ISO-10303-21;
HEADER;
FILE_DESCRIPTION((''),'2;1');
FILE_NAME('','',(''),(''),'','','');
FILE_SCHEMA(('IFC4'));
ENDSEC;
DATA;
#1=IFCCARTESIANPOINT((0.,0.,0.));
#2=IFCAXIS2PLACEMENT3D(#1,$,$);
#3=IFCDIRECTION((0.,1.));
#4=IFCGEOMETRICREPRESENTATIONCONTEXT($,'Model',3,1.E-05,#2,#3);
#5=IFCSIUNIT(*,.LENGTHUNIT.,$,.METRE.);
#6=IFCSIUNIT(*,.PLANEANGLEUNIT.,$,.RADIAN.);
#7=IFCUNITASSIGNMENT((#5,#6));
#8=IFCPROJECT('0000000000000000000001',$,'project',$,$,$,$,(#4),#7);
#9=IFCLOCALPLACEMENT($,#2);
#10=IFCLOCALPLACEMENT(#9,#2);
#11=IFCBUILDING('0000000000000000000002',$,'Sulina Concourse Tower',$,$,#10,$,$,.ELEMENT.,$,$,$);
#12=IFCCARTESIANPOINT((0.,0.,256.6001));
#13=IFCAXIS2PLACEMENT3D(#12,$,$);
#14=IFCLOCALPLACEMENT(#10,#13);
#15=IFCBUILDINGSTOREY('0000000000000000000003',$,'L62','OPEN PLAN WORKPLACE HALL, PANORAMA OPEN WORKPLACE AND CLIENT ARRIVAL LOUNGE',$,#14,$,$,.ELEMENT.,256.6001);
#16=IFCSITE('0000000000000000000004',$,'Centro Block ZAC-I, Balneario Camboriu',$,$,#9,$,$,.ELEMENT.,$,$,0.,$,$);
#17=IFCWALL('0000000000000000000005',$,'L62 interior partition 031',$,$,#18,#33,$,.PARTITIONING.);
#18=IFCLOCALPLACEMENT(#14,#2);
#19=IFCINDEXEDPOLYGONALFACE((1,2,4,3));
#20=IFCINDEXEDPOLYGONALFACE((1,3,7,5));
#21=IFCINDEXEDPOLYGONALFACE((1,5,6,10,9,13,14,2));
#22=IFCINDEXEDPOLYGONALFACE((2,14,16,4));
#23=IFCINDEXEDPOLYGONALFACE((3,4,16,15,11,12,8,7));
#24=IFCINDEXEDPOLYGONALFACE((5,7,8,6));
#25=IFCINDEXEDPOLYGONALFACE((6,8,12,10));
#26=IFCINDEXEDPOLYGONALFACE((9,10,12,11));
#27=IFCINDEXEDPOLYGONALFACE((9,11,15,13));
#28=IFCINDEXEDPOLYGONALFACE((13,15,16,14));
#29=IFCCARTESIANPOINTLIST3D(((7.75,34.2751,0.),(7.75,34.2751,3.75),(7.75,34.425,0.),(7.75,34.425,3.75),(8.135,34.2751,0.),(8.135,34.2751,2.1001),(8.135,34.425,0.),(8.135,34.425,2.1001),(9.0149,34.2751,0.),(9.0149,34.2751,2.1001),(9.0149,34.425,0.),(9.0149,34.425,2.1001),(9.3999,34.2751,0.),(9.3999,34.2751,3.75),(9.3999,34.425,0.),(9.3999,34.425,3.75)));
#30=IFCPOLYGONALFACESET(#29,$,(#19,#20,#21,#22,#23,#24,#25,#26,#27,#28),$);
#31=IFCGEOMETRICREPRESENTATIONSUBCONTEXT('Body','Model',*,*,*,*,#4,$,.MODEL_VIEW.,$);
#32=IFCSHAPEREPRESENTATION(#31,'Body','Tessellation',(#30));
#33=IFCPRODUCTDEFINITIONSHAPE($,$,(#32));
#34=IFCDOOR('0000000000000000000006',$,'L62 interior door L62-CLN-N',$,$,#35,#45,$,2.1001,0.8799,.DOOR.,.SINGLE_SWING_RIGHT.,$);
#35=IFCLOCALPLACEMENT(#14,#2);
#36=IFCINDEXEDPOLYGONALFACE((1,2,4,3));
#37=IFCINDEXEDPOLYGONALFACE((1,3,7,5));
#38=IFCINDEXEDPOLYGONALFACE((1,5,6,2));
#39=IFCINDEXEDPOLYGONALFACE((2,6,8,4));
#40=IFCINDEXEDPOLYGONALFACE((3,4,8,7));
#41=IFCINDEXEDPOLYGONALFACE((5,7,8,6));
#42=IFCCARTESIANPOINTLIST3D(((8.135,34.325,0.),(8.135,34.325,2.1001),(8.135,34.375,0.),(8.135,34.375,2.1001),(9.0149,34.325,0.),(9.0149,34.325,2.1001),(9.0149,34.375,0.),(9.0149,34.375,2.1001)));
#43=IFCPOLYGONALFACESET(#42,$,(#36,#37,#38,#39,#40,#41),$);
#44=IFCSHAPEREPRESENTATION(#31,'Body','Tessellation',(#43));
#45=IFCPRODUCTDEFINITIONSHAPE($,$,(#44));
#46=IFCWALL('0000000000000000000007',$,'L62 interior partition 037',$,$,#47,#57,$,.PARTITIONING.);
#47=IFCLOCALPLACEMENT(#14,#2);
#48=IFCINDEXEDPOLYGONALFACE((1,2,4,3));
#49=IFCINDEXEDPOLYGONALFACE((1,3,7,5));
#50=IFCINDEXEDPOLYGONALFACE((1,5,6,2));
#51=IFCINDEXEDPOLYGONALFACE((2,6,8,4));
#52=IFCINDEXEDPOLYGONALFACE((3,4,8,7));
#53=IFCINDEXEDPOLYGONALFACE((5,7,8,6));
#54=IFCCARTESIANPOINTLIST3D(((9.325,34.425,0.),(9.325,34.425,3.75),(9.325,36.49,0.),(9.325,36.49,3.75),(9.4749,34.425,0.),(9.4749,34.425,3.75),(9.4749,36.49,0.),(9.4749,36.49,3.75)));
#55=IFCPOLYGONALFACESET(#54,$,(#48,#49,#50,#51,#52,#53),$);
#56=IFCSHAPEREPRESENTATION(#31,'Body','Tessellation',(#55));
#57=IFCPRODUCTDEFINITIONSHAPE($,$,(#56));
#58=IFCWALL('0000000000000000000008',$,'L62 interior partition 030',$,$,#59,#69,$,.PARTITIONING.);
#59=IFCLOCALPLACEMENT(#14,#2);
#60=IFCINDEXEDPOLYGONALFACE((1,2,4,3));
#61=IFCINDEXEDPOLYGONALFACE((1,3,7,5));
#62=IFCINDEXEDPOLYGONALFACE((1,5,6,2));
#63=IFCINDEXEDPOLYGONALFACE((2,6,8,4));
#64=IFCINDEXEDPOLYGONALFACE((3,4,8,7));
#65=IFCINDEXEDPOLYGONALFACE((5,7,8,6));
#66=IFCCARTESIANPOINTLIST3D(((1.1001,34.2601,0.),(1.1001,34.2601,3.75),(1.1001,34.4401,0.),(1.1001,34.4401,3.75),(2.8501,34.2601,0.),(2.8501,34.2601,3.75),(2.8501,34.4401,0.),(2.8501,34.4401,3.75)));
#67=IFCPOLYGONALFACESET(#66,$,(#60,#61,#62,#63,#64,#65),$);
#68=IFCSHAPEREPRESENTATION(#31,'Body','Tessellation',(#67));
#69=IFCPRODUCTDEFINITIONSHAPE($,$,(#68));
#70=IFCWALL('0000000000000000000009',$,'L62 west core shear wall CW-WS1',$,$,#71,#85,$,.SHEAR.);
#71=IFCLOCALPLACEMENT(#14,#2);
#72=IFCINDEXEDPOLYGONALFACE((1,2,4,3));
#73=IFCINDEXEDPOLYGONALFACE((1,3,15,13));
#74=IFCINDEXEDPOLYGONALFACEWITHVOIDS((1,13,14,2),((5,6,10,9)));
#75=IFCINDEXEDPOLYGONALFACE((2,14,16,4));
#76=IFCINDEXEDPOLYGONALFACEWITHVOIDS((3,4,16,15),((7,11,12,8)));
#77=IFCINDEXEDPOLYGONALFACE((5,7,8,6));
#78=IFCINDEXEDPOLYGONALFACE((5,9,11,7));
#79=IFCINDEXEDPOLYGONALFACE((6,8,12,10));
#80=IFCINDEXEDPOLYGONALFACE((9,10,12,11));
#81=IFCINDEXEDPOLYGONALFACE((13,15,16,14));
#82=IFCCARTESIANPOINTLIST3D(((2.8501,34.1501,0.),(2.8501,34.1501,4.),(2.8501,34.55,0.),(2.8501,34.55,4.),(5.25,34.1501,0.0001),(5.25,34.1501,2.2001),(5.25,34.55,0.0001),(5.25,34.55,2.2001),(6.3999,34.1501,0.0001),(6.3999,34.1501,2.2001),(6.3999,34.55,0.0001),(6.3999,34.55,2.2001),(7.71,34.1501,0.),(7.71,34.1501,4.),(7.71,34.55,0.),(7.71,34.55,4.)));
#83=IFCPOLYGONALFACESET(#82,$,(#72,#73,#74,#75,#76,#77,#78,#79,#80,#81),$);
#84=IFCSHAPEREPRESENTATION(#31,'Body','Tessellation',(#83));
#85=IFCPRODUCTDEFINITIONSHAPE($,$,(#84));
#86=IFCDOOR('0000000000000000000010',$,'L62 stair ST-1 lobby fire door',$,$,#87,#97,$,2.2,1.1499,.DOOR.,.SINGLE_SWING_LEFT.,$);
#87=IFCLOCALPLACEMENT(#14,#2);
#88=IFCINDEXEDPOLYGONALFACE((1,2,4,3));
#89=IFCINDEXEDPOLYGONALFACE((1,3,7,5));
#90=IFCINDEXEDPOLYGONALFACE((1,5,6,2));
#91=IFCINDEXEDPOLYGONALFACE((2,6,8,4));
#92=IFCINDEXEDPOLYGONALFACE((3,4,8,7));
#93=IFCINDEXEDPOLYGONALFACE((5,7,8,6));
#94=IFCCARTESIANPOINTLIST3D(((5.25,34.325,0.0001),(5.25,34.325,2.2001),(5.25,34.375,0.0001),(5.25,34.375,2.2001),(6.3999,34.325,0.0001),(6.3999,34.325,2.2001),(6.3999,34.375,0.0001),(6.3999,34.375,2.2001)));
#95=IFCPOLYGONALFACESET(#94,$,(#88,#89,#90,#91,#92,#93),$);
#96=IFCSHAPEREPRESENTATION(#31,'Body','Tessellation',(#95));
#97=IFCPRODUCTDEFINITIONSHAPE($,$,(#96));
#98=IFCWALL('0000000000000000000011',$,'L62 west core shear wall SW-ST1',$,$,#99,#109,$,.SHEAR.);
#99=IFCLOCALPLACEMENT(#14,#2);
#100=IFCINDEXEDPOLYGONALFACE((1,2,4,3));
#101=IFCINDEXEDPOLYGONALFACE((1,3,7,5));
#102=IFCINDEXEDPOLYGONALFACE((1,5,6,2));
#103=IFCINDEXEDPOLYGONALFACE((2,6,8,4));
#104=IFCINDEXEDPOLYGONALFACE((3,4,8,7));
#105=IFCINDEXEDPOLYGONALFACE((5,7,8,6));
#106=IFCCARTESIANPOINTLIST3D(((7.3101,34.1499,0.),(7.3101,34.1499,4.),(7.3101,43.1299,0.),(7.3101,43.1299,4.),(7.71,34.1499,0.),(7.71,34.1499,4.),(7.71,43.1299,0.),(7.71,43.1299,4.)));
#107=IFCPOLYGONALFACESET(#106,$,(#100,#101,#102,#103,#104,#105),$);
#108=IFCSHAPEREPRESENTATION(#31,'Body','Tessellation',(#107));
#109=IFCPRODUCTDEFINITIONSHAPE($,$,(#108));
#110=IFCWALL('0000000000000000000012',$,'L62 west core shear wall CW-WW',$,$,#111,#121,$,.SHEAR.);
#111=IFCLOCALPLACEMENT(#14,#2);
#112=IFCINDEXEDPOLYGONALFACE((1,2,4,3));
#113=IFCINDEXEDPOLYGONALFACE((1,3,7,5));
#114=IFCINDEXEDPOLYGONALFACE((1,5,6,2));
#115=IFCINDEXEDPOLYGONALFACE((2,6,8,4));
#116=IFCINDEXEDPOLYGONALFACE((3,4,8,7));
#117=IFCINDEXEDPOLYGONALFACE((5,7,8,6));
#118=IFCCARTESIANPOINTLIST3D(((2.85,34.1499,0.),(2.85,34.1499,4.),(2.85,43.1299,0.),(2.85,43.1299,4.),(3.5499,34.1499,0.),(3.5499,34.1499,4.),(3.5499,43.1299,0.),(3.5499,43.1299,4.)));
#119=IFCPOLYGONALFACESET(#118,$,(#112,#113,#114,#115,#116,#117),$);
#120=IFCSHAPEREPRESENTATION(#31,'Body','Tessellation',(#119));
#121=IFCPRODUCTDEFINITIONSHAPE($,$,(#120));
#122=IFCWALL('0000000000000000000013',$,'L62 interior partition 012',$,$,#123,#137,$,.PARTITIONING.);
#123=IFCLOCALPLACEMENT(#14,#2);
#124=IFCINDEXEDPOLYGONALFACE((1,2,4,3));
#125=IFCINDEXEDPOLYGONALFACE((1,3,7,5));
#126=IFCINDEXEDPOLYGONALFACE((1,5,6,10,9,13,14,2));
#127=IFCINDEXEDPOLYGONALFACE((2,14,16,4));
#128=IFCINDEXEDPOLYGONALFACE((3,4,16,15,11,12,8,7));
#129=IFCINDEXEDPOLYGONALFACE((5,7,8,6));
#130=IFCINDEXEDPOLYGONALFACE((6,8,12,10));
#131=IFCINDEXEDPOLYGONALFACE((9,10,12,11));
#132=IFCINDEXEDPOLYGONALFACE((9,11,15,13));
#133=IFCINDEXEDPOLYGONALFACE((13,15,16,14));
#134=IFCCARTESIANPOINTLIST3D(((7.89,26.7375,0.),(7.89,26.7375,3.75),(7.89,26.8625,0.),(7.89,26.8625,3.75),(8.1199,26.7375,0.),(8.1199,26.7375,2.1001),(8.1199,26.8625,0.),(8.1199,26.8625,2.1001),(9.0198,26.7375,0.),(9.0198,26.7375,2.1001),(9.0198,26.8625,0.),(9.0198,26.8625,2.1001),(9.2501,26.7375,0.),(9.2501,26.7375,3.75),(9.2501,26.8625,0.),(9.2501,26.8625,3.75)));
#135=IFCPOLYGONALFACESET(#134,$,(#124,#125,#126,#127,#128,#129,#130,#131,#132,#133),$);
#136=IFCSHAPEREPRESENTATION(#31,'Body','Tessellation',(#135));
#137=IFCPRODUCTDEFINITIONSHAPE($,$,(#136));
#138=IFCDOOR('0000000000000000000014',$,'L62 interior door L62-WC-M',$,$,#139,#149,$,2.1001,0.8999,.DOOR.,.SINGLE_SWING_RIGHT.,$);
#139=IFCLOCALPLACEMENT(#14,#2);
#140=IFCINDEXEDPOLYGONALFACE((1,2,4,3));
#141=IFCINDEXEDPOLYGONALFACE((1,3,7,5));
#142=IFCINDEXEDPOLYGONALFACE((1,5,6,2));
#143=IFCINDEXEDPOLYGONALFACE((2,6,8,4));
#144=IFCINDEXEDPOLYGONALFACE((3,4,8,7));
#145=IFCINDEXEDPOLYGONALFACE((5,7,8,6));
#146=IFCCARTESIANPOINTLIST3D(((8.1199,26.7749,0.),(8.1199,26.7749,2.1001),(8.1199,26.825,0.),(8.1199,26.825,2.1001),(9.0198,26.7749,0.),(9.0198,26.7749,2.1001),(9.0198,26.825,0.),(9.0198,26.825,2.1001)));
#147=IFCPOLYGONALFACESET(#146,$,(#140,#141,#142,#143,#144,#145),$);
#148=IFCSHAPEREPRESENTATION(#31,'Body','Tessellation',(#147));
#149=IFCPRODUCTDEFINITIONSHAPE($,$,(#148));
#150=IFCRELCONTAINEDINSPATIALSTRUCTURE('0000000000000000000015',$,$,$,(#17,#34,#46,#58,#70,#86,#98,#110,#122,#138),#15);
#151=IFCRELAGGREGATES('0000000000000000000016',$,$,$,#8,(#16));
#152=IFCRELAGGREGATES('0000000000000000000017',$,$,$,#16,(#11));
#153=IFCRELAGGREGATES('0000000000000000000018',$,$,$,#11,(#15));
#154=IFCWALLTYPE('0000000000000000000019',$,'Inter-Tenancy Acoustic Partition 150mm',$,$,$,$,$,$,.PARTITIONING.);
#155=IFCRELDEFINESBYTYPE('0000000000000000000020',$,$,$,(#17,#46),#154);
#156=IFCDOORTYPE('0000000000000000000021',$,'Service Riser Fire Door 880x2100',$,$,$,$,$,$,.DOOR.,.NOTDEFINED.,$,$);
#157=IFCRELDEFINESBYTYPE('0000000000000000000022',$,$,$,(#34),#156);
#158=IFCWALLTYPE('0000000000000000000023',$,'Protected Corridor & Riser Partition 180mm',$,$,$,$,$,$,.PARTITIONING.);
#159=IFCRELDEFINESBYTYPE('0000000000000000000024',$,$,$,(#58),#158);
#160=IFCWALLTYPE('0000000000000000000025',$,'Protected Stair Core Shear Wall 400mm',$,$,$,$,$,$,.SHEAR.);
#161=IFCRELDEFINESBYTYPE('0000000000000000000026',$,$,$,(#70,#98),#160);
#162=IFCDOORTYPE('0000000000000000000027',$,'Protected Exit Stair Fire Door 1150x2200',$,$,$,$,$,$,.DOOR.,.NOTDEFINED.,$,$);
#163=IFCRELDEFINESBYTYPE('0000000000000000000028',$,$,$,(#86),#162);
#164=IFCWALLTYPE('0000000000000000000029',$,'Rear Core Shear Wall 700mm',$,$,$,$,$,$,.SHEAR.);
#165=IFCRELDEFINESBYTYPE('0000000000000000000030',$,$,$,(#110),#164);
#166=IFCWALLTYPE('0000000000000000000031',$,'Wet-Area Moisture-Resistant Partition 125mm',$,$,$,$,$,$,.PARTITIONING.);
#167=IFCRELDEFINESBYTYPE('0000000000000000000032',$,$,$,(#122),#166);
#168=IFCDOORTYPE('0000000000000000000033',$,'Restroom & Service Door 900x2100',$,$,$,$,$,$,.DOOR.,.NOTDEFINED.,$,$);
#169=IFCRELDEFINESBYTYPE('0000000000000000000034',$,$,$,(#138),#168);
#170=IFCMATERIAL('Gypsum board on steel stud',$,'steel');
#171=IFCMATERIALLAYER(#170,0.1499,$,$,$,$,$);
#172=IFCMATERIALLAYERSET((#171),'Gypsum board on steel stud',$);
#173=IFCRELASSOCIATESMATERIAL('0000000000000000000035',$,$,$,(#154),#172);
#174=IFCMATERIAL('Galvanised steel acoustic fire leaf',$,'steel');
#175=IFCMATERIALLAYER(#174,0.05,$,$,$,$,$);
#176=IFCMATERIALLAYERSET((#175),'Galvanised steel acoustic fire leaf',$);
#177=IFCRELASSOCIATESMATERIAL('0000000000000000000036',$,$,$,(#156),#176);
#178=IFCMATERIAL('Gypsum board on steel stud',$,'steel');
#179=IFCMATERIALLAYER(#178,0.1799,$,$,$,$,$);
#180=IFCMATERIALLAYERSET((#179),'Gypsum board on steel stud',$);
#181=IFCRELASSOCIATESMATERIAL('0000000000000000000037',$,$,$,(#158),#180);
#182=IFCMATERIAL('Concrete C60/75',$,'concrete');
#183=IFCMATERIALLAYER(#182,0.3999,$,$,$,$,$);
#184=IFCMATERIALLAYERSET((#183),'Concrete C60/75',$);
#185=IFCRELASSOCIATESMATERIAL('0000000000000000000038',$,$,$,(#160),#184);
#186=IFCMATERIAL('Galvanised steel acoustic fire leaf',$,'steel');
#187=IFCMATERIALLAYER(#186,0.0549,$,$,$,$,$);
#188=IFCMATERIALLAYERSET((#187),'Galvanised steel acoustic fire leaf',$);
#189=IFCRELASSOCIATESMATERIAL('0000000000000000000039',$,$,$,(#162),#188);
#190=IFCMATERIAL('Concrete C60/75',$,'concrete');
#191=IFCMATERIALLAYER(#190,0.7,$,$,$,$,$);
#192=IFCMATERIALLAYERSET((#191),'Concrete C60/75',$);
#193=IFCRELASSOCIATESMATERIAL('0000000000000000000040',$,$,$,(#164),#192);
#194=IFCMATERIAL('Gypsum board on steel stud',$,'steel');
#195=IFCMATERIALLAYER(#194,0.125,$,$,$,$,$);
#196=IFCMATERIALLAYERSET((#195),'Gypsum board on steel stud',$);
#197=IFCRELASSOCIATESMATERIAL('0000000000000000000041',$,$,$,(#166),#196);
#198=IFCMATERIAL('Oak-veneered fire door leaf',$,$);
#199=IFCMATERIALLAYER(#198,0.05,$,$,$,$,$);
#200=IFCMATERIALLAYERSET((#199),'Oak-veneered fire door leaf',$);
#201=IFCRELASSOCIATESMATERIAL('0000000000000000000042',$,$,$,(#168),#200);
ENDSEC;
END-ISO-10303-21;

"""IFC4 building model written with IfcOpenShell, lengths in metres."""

from ifc_helpers import new_model, si_unit, direction, frame, frame_2d, origin, place, context, subcontext, project, spatial, rectangle, extrude, material, layer, layer_set, type_object, element, fill, save


model = new_model("IFC4")

# Units and contexts
model_context = context("Model", 3, precision=1e-05, world=origin(), true_north=direction((0.0, 1.0)))
body_context = subcontext(model_context, "Body", "Model", "MODEL_VIEW")
ifc_project = project(units=[si_unit("LENGTHUNIT", "METRE"), si_unit("PLANEANGLEUNIT", "RADIAN")], contexts=[model_context])

# Site, building, storey
site_placement = place(None, origin())
site = spatial("IfcSite", under=ifc_project, at=site_placement, Name="Centro Block ZAC-I, Balneario Camboriu", CompositionType="ELEMENT", RefElevation=0.0)
building_placement = place(site_placement, origin())
building = spatial("IfcBuilding", under=site, at=building_placement, Name="Sulina Concourse Tower", CompositionType="ELEMENT")
storey_placement = place(building_placement, frame((0.0, 0.0, 256.6001)))
storey = spatial("IfcBuildingStorey", under=building, at=storey_placement, Name="L62", Description="OPEN PLAN WORKPLACE HALL, PANORAMA OPEN WORKPLACE AND CLIENT ARRIVAL LOUNGE", CompositionType="ELEMENT", Elevation=256.6001)

# Wall, opening, door
ifc_material_1 = material(Name="Gypsum board on steel stud", Category="steel")
ifc_layer_1 = layer(ifc_material_1, 0.1499)
ifc_layer_set_1 = layer_set([ifc_layer_1], Name="Gypsum board on steel stud")
wall_type_1 = type_object("IfcWallType", Name="Inter-Tenancy Acoustic Partition 150mm", PredefinedType="PARTITIONING", material=ifc_layer_set_1)
wall_1_placement = place(storey_placement, frame((7.75, 34.3501, 0.0), z_axis=(0.0, 0.0, 1.0), x_axis=(1.0, 0.0, 0.0)))
wall_1 = element("IfcWall", 1, at=wall_1_placement, inside=storey, type_object=wall_type_1, Name="L62 interior partition 031", PredefinedType="PARTITIONING", context=body_context, shape_type="SweptSolid", body=[
    extrude(rectangle(XDim=1.6499, YDim=0.1499, at=frame_2d((0.825, 0.0))), origin(), (0.0, 0.0, 1.0), 3.75),
])
opening_1_placement = place(wall_1_placement, frame((0.385, 0.0, 0.0)))
opening_1 = element("IfcOpeningElement", 2, at=opening_1_placement, cuts=wall_1, PredefinedType="OPENING", context=body_context, shape_type="SweptSolid", body=[
    extrude(rectangle(XDim=0.8799, YDim=2.1001, at=frame_2d((0.4399, 1.05))), frame((0.0, 0.085, 0.0), z_axis=(0.0, -1.0, 0.0), x_axis=(1.0, 0.0, 0.0)), (0.0, 0.0, 1.0), 0.1699),
])
ifc_material_2 = material(Name="Galvanised steel acoustic fire leaf", Category="steel")
ifc_layer_2 = layer(ifc_material_2, 0.05)
ifc_layer_set_2 = layer_set([ifc_layer_2], Name="Galvanised steel acoustic fire leaf")
door_type_1 = type_object("IfcDoorType", Name="Service Riser Fire Door 880x2100", OperationType="NOTDEFINED", PredefinedType="DOOR", material=ifc_layer_set_2)
door_1_placement = place(opening_1_placement, origin())
door_1 = element("IfcDoor", 3, at=door_1_placement, inside=storey, type_object=door_type_1, Name="L62 interior door L62-CLN-N", OperationType="SINGLE_SWING_RIGHT", OverallHeight=2.1001, OverallWidth=0.8799, PredefinedType="DOOR", context=body_context, shape_type="SweptSolid", body=[
    extrude(rectangle(XDim=0.8799, YDim=2.1001, at=frame_2d((0.4399, 1.05))), frame((0.0, 0.0249, 0.0), z_axis=(0.0, -1.0, 0.0), x_axis=(1.0, 0.0, 0.0)), (0.0, 0.0, 1.0), 0.05),
])
fill(opening_1, door_1)

# Walls
wall_2_placement = place(storey_placement, frame((9.3999, 34.425, 0.0), z_axis=(0.0, 0.0, 1.0), x_axis=(0.0, 1.0, 0.0)))
element("IfcWall", 4, at=wall_2_placement, inside=storey, type_object=wall_type_1, Name="L62 interior partition 037", PredefinedType="PARTITIONING", context=body_context, shape_type="SweptSolid", body=[
    extrude(rectangle(XDim=2.0649, YDim=0.1499, at=frame_2d((1.0325, 0.0))), origin(), (0.0, 0.0, 1.0), 3.75),
])
ifc_material_3 = material(Name="Gypsum board on steel stud", Category="steel")
ifc_layer_3 = layer(ifc_material_3, 0.1799)
ifc_layer_set_3 = layer_set([ifc_layer_3], Name="Gypsum board on steel stud")
wall_type_2 = type_object("IfcWallType", Name="Protected Corridor & Riser Partition 180mm", PredefinedType="PARTITIONING", material=ifc_layer_set_3)
wall_3_placement = place(storey_placement, frame((1.1001, 34.3501, 0.0), z_axis=(0.0, 0.0, 1.0), x_axis=(1.0, 0.0, 0.0)))
element("IfcWall", 5, at=wall_3_placement, inside=storey, type_object=wall_type_2, Name="L62 interior partition 030", PredefinedType="PARTITIONING", context=body_context, shape_type="SweptSolid", body=[
    extrude(rectangle(XDim=1.75, YDim=0.1799, at=frame_2d((0.875, 0.0))), origin(), (0.0, 0.0, 1.0), 3.75),
])

# Wall, opening, door
ifc_material_4 = material(Name="Concrete C60/75", Category="concrete")
ifc_layer_4 = layer(ifc_material_4, 0.3999)
ifc_layer_set_4 = layer_set([ifc_layer_4], Name="Concrete C60/75")
wall_type_3 = type_object("IfcWallType", Name="Protected Stair Core Shear Wall 400mm", PredefinedType="SHEAR", material=ifc_layer_set_4)
wall_4_placement = place(storey_placement, frame((2.8501, 34.3501, 0.0), z_axis=(0.0, 0.0, 1.0), x_axis=(1.0, 0.0, 0.0)))
wall_4 = element("IfcWall", 6, at=wall_4_placement, inside=storey, type_object=wall_type_3, Name="L62 west core shear wall CW-WS1", PredefinedType="SHEAR", context=body_context, shape_type="SweptSolid", body=[
    extrude(rectangle(XDim=4.8599, YDim=0.3999, at=frame_2d((2.4299, 0.0))), origin(), (0.0, 0.0, 1.0), 4.0),
])
opening_2_placement = place(wall_4_placement, frame((2.3999, 0.0, 0.0)))
opening_2 = element("IfcOpeningElement", 7, at=opening_2_placement, cuts=wall_4, PredefinedType="OPENING", context=body_context, shape_type="SweptSolid", body=[
    extrude(rectangle(XDim=1.1499, YDim=2.2, at=frame_2d((0.575, 1.1001))), frame((0.0, 0.21, 0.0), z_axis=(0.0, -1.0, 0.0), x_axis=(1.0, 0.0, 0.0)), (0.0, 0.0, 1.0), 0.4199),
])
ifc_material_5 = material(Name="Galvanised steel acoustic fire leaf", Category="steel")
ifc_layer_5 = layer(ifc_material_5, 0.0549)
ifc_layer_set_5 = layer_set([ifc_layer_5], Name="Galvanised steel acoustic fire leaf")
door_type_2 = type_object("IfcDoorType", Name="Protected Exit Stair Fire Door 1150x2200", OperationType="NOTDEFINED", PredefinedType="DOOR", material=ifc_layer_set_5)
door_2_placement = place(opening_2_placement, origin())
door_2 = element("IfcDoor", 8, at=door_2_placement, inside=storey, type_object=door_type_2, Name="L62 stair ST-1 lobby fire door", OperationType="SINGLE_SWING_LEFT", OverallHeight=2.2, OverallWidth=1.1499, PredefinedType="DOOR", context=body_context, shape_type="SweptSolid", body=[
    extrude(rectangle(XDim=1.1499, YDim=2.2, at=frame_2d((0.575, 1.1001))), frame((0.0, 0.0249, 0.0), z_axis=(0.0, -1.0, 0.0), x_axis=(1.0, 0.0, 0.0)), (0.0, 0.0, 1.0), 0.05),
])
fill(opening_2, door_2)

# Walls
wall_5_placement = place(storey_placement, frame((7.51, 34.1499, 0.0), z_axis=(0.0, 0.0, 1.0), x_axis=(0.0, 1.0, 0.0)))
element("IfcWall", 9, at=wall_5_placement, inside=storey, type_object=wall_type_3, Name="L62 west core shear wall SW-ST1", PredefinedType="SHEAR", context=body_context, shape_type="SweptSolid", body=[
    extrude(rectangle(XDim=8.98, YDim=0.3999, at=frame_2d((4.49, 0.0))), origin(), (0.0, 0.0, 1.0), 4.0),
])
ifc_material_6 = material(Name="Concrete C60/75", Category="concrete")
ifc_layer_6 = layer(ifc_material_6, 0.7)
ifc_layer_set_6 = layer_set([ifc_layer_6], Name="Concrete C60/75")
wall_type_4 = type_object("IfcWallType", Name="Rear Core Shear Wall 700mm", PredefinedType="SHEAR", material=ifc_layer_set_6)
wall_6_placement = place(storey_placement, frame((3.2, 34.1499, 0.0), z_axis=(0.0, 0.0, 1.0), x_axis=(0.0, 1.0, 0.0)))
element("IfcWall", 10, at=wall_6_placement, inside=storey, type_object=wall_type_4, Name="L62 west core shear wall CW-WW", PredefinedType="SHEAR", context=body_context, shape_type="SweptSolid", body=[
    extrude(rectangle(XDim=8.98, YDim=0.7, at=frame_2d((4.49, 0.0))), origin(), (0.0, 0.0, 1.0), 4.0),
])

# Wall, opening, door
ifc_material_7 = material(Name="Gypsum board on steel stud", Category="steel")
ifc_layer_7 = layer(ifc_material_7, 0.125)
ifc_layer_set_7 = layer_set([ifc_layer_7], Name="Gypsum board on steel stud")
wall_type_5 = type_object("IfcWallType", Name="Wet-Area Moisture-Resistant Partition 125mm", PredefinedType="PARTITIONING", material=ifc_layer_set_7)
wall_7_placement = place(storey_placement, frame((7.8899, 26.8, 0.0), z_axis=(0.0, 0.0, 1.0), x_axis=(1.0, 0.0, 0.0)))
wall_7 = element("IfcWall", 11, at=wall_7_placement, inside=storey, type_object=wall_type_5, Name="L62 interior partition 012", PredefinedType="PARTITIONING", context=body_context, shape_type="SweptSolid", body=[
    extrude(rectangle(XDim=1.3601, YDim=0.125, at=frame_2d((0.6802, 0.0))), origin(), (0.0, 0.0, 1.0), 3.75),
])
opening_3_placement = place(wall_7_placement, frame((0.23, 0.0, 0.0)))
opening_3 = element("IfcOpeningElement", 12, at=opening_3_placement, cuts=wall_7, PredefinedType="OPENING", context=body_context, shape_type="SweptSolid", body=[
    extrude(rectangle(XDim=0.8999, YDim=2.1001, at=frame_2d((0.45, 1.05))), frame((0.0, 0.0725, 0.0), z_axis=(0.0, -1.0, 0.0), x_axis=(1.0, 0.0, 0.0)), (0.0, 0.0, 1.0), 0.145),
])
ifc_material_8 = material(Name="Oak-veneered fire door leaf")
ifc_layer_8 = layer(ifc_material_8, 0.05)
ifc_layer_set_8 = layer_set([ifc_layer_8], Name="Oak-veneered fire door leaf")
door_type_3 = type_object("IfcDoorType", Name="Restroom & Service Door 900x2100", OperationType="NOTDEFINED", PredefinedType="DOOR", material=ifc_layer_set_8)
door_3_placement = place(opening_3_placement, origin())
door_3 = element("IfcDoor", 13, at=door_3_placement, inside=storey, type_object=door_type_3, Name="L62 interior door L62-WC-M", OperationType="SINGLE_SWING_RIGHT", OverallHeight=2.1001, OverallWidth=0.8999, PredefinedType="DOOR", context=body_context, shape_type="SweptSolid", body=[
    extrude(rectangle(XDim=0.8999, YDim=2.1001, at=frame_2d((0.45, 1.05))), frame((0.0, 0.0249, 0.0), z_axis=(0.0, -1.0, 0.0), x_axis=(1.0, 0.0, 0.0)), (0.0, 0.0, 1.0), 0.05),
])
fill(opening_3, door_3)

save(model, "model.ifc")
